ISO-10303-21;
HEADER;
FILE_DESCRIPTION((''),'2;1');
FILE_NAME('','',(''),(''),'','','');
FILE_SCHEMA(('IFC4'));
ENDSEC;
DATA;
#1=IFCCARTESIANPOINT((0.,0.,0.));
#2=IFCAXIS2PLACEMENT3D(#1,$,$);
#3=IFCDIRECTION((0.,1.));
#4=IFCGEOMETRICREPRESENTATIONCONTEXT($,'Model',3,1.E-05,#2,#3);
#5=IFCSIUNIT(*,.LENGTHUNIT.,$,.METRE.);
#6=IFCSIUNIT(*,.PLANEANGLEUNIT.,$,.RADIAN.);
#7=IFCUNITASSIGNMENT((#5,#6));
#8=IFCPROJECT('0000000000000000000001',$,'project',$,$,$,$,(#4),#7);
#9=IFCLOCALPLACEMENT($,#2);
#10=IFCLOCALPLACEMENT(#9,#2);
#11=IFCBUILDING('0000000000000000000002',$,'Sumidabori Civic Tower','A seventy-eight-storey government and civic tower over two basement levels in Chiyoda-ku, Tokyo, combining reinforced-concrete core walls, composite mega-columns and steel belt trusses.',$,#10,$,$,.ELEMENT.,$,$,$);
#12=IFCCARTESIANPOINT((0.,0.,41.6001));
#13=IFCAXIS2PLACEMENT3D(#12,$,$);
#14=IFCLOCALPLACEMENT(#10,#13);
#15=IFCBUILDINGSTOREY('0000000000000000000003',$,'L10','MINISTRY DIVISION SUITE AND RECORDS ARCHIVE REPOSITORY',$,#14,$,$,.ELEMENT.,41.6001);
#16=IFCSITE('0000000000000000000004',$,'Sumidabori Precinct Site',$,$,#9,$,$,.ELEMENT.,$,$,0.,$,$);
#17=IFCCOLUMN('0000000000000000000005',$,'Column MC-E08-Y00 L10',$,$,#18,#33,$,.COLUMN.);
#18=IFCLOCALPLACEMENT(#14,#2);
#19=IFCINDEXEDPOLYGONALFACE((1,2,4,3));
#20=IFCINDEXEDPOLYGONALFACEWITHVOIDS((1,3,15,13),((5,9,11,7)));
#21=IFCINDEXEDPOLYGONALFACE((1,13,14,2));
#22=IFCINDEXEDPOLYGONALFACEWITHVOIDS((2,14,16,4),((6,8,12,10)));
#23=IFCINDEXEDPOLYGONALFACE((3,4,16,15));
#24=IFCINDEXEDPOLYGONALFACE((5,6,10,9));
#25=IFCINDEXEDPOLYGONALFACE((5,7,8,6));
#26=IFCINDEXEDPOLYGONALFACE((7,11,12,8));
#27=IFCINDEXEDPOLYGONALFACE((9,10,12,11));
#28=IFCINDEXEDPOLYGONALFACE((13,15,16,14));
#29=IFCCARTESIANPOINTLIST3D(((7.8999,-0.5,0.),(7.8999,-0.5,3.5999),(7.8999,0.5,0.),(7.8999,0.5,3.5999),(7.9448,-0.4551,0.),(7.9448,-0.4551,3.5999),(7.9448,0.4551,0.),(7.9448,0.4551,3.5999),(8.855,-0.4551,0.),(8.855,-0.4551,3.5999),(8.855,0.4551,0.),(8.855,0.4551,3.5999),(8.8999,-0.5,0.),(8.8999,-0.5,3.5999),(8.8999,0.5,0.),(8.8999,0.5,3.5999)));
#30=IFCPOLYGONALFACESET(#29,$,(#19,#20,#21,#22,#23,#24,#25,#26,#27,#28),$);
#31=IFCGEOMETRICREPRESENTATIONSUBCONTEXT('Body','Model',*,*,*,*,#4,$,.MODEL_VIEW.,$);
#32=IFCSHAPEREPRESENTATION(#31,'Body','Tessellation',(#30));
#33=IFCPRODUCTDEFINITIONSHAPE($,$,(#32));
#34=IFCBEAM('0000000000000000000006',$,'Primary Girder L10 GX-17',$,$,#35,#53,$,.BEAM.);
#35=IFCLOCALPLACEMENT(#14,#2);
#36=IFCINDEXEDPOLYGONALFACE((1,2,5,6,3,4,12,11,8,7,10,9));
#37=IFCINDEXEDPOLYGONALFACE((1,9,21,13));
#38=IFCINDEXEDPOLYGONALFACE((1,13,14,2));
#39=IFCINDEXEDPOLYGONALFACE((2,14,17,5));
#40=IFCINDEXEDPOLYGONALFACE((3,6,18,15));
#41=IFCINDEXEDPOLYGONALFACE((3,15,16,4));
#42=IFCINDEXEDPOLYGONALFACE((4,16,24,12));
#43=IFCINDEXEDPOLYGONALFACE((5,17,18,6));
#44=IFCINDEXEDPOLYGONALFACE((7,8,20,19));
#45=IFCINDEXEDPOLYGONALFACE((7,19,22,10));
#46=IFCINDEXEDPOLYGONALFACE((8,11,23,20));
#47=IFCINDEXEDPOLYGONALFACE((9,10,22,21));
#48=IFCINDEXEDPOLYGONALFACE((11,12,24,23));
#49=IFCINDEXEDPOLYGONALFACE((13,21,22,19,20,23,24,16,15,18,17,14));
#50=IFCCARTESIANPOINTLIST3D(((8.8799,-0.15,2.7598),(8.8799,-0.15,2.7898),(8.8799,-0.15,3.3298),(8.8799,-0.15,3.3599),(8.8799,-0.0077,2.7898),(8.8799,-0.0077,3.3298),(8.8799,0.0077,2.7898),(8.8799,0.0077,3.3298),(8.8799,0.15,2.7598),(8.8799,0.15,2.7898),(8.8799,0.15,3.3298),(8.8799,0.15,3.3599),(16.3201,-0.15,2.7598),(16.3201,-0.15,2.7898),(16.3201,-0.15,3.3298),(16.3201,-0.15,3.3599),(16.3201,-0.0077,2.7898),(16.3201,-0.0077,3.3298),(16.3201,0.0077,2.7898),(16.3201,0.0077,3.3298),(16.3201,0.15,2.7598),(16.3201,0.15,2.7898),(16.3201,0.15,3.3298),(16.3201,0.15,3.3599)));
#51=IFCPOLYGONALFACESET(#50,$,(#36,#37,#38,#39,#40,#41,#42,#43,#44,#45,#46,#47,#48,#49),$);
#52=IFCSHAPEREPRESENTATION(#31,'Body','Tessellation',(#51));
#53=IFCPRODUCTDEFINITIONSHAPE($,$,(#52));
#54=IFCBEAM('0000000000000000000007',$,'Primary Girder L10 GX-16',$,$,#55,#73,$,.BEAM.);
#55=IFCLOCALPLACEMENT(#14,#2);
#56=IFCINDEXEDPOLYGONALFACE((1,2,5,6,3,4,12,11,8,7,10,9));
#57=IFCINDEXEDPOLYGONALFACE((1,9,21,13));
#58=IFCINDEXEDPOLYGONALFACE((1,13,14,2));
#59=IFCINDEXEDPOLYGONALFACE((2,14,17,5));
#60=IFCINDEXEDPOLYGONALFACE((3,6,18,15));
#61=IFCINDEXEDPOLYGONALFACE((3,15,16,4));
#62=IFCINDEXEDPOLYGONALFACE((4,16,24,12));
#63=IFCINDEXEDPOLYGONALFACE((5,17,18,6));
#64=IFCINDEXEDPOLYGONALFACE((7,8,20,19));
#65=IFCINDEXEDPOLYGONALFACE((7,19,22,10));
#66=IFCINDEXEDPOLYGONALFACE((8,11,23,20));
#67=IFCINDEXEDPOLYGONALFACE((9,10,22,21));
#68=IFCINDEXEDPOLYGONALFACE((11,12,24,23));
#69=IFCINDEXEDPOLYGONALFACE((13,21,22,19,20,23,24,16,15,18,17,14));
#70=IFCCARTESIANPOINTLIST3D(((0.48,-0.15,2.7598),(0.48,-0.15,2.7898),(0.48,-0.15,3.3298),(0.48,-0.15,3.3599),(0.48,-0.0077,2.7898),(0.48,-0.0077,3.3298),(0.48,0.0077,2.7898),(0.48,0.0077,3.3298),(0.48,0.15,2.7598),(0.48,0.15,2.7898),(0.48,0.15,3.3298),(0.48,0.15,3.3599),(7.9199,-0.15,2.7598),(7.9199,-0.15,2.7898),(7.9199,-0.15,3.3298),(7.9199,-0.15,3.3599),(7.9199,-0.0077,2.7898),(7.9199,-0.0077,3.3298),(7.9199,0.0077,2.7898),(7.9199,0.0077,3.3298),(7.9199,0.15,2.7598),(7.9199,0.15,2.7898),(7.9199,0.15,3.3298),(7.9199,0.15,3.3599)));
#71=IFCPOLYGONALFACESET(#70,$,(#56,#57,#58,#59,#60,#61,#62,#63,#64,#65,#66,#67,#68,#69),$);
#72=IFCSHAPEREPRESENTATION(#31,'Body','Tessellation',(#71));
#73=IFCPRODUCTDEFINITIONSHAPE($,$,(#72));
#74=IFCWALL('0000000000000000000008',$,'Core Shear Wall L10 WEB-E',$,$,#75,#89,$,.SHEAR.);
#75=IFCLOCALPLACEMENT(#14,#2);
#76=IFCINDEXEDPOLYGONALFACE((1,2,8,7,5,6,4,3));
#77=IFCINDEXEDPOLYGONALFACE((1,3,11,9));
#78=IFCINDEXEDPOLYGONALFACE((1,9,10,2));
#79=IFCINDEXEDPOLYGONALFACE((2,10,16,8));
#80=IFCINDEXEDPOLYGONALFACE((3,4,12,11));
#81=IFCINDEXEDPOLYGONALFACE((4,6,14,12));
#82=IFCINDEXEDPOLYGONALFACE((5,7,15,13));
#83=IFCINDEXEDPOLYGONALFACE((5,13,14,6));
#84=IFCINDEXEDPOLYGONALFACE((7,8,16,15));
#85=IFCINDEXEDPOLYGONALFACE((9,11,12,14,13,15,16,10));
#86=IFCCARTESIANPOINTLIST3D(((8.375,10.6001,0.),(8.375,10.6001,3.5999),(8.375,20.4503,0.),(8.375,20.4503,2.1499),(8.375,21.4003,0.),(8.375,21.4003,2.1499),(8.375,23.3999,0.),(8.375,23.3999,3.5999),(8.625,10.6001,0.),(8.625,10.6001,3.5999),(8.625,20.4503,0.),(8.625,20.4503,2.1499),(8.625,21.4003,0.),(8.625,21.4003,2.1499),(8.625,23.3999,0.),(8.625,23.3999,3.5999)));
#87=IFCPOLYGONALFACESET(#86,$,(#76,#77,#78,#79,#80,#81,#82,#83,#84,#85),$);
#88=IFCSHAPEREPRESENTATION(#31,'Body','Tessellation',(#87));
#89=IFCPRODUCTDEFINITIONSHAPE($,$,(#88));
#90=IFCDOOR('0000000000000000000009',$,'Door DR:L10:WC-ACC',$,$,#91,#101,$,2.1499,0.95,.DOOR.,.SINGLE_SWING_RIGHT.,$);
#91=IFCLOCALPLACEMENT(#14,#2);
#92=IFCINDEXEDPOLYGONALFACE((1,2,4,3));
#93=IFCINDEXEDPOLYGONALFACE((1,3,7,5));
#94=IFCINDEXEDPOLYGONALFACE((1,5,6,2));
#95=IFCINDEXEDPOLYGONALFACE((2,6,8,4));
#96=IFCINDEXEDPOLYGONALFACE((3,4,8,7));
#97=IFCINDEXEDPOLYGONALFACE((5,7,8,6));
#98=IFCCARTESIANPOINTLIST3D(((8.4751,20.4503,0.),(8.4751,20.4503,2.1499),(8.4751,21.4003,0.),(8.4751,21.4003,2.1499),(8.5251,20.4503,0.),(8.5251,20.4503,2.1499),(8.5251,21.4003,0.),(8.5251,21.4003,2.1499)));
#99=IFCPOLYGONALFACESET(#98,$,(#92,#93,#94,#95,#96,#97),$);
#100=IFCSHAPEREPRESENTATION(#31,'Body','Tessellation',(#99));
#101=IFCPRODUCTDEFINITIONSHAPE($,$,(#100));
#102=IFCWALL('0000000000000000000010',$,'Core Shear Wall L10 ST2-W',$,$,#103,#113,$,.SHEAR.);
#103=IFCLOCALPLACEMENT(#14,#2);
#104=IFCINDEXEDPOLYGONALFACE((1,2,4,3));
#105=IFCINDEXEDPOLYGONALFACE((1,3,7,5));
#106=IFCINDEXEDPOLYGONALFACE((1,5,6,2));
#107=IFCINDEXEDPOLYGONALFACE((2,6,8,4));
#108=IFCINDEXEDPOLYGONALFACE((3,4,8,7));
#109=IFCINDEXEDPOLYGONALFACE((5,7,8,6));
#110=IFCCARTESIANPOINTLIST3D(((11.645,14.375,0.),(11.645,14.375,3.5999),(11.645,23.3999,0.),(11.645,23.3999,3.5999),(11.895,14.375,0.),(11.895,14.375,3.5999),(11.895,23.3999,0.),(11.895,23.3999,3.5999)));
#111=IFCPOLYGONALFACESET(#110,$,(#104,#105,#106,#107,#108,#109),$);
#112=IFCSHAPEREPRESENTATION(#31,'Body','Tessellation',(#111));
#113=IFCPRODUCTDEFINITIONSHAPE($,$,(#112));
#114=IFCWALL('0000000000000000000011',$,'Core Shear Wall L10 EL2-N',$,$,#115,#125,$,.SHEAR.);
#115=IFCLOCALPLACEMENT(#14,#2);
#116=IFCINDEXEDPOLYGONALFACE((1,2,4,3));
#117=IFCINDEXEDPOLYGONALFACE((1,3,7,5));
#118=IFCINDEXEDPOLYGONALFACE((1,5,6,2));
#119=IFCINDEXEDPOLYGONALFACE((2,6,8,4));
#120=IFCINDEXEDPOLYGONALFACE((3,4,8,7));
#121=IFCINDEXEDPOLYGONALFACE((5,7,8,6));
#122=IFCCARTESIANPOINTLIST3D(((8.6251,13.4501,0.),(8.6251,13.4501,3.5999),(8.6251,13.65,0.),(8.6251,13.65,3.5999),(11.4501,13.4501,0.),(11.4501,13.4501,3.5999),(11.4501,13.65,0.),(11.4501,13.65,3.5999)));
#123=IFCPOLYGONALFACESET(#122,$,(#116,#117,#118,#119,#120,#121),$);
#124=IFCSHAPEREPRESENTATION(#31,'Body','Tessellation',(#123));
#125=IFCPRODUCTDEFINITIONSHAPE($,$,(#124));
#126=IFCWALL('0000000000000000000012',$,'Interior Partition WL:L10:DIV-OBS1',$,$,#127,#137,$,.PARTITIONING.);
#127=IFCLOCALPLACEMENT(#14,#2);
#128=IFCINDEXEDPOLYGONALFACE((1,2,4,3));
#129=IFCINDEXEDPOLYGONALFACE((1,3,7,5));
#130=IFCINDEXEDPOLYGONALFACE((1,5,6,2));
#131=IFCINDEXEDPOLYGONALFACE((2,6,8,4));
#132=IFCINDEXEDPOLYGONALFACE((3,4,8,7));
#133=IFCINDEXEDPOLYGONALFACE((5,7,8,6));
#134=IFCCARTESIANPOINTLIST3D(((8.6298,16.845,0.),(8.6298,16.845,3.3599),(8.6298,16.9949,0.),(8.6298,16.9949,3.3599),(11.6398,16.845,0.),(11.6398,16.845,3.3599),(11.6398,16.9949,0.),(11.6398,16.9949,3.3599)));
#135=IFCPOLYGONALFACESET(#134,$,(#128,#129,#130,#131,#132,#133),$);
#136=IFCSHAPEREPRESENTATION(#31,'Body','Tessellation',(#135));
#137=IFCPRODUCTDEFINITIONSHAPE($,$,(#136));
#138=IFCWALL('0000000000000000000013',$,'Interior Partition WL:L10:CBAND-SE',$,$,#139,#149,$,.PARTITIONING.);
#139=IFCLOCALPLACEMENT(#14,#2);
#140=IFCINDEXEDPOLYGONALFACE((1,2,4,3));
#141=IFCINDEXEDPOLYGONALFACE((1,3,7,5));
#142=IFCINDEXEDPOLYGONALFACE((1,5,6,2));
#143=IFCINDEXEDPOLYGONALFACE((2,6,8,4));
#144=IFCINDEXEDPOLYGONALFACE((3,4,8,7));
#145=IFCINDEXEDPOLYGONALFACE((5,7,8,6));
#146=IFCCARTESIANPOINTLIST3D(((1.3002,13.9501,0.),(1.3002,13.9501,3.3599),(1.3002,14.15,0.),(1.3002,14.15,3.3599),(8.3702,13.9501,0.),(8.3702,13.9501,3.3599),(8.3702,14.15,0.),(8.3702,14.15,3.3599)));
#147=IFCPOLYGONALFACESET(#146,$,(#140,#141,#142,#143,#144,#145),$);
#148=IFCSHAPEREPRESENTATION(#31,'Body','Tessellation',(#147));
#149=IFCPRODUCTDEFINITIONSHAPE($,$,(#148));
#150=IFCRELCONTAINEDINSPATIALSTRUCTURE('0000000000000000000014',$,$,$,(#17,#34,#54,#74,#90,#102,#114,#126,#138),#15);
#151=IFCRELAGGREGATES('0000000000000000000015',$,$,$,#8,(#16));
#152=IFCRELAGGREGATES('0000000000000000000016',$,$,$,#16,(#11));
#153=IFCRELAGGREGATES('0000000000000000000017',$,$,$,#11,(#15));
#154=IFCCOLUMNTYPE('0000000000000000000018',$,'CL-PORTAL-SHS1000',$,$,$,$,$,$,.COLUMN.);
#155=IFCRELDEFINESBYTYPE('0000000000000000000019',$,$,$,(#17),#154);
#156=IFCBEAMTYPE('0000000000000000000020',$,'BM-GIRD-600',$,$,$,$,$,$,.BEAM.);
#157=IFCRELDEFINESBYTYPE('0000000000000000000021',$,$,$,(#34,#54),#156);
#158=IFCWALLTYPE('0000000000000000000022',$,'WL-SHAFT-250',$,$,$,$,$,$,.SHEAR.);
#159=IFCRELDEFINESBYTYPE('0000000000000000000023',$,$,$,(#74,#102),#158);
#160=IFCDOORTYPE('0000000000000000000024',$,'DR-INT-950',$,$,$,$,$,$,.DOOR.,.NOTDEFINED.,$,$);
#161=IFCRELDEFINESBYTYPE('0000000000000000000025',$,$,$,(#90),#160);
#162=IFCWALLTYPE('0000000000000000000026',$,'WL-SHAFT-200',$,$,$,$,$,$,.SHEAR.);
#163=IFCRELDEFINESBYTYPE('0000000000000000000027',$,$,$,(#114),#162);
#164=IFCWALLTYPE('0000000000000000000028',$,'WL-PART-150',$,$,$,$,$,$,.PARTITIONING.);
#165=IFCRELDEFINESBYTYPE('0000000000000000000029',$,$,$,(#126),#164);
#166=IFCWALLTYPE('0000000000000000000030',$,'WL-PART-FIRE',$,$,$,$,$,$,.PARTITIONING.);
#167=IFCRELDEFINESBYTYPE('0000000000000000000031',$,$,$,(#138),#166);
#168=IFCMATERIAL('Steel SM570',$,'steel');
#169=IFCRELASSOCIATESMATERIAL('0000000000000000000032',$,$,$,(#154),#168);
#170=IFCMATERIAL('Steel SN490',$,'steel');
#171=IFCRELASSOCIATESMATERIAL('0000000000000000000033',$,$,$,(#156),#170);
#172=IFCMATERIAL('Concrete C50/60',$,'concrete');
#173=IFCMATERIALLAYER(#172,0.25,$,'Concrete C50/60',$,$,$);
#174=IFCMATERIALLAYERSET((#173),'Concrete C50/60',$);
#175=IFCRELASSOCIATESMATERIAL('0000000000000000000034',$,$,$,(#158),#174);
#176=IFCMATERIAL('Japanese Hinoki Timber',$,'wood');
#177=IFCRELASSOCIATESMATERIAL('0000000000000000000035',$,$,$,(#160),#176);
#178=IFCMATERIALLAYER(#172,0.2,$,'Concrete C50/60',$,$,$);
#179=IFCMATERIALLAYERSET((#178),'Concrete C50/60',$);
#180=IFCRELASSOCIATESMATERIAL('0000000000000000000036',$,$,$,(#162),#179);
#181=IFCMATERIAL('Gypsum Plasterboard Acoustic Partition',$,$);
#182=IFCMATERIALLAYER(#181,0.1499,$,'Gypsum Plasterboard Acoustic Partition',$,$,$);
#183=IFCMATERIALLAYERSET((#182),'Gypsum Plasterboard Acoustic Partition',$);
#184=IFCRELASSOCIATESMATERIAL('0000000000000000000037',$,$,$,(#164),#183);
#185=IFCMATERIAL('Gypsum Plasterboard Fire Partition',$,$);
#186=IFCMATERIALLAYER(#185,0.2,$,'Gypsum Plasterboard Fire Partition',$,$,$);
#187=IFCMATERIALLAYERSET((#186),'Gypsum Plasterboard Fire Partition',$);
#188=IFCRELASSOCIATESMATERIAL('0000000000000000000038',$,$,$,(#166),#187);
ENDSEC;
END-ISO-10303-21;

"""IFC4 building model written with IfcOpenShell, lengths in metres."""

from ifc_helpers import new_model, si_unit, direction, frame, frame_2d, origin, origin_2d, place, context, subcontext, project, spatial, rectangle, hollow_rectangle, i_section, extrude, source, transform, mapped, material, layer, layer_set, material_profile, profile_set, type_object, element, fill, save


model = new_model("IFC4")

# Units and contexts
model_context = context("Model", 3, precision=1e-05, world=origin(), true_north=direction((0.0, 1.0)))
body_context = subcontext(model_context, "Body", "Model", "MODEL_VIEW")
ifc_project = project(units=[si_unit("LENGTHUNIT", "METRE"), si_unit("PLANEANGLEUNIT", "RADIAN")], contexts=[model_context])

# Site, building, storey
site_placement = place(None, origin())
site = spatial("IfcSite", under=ifc_project, at=site_placement, Name="Sumidabori Precinct Site", CompositionType="ELEMENT", RefElevation=0.0)
building_placement = place(site_placement, origin())
building = spatial("IfcBuilding", under=site, at=building_placement, Name="Sumidabori Civic Tower", Description="A seventy-eight-storey government and civic tower over two basement levels in Chiyoda-ku, Tokyo, combining reinforced-concrete core walls, composite mega-columns and steel belt trusses.", CompositionType="ELEMENT")
storey_placement = place(building_placement, frame((0.0, 0.0, 41.6001)))
storey = spatial("IfcBuildingStorey", under=building, at=storey_placement, Name="L10", Description="MINISTRY DIVISION SUITE AND RECORDS ARCHIVE REPOSITORY", CompositionType="ELEMENT", Elevation=41.6001)

# Column
ifc_material_1 = material(Name="Steel SM570", Category="steel")
ifc_material_profile_1 = material_profile(ifc_material_1, hollow_rectangle(XDim=1.0, YDim=1.0, WallThickness=0.0449, at=origin_2d()), Name="SHS 1000x1000x45")
ifc_profile_set_1 = profile_set([ifc_material_profile_1], Name="Steel SM570")
column_type = type_object("IfcColumnType", Name="CL-PORTAL-SHS1000", PredefinedType="COLUMN", material=ifc_profile_set_1)
shared_shape_1 = source(origin(), body_context, "Body", "SweptSolid", [
    extrude(hollow_rectangle(XDim=1.0, YDim=1.0, WallThickness=0.0449, at=origin_2d()), origin(), (0.0, 0.0, 1.0), 3.5999),
])
column_placement = place(storey_placement, frame((8.3999, 0.0, 0.0), z_axis=(0.0, 0.0, 1.0), x_axis=(1.0, 0.0, 0.0)))
element("IfcColumn", 1, at=column_placement, inside=storey, type_object=column_type, Name="Column MC-E08-Y00 L10", PredefinedType="COLUMN", context=body_context, shape_type="MappedRepresentation", body=[
    mapped(shared_shape_1, transform((0.0, 0.0, 0.0), x_axis=(1.0, 0.0, 0.0), y_axis=(0.0, 1.0, 0.0), z_axis=(0.0, 0.0, 1.0), scale=1.0)),
])

# Beams
ifc_material_2 = material(Name="Steel SN490", Category="steel")
ifc_material_profile_2 = material_profile(ifc_material_2, i_section(OverallWidth=0.3, OverallDepth=0.6001, WebThickness=0.0154, FlangeThickness=0.03, at=origin_2d()), Name="HE 600 B")
ifc_profile_set_2 = profile_set([ifc_material_profile_2], Name="Steel SN490")
beam_type = type_object("IfcBeamType", Name="BM-GIRD-600", PredefinedType="BEAM", material=ifc_profile_set_2)
shared_shape_2 = source(origin(), body_context, "Body", "SweptSolid", [
    extrude(i_section(OverallWidth=0.3, OverallDepth=0.6001, WebThickness=0.0154, FlangeThickness=0.03, at=origin_2d()), origin(), (0.0, 0.0, 1.0), 7.4402),
])
beam_1_placement = place(storey_placement, frame((8.8799, 0.0, 3.0598), z_axis=(1.0, 0.0, 0.0), x_axis=(0.0, 1.0, 0.0)))
element("IfcBeam", 2, at=beam_1_placement, inside=storey, type_object=beam_type, Name="Primary Girder L10 GX-17", PredefinedType="BEAM", context=body_context, shape_type="MappedRepresentation", body=[
    mapped(shared_shape_2, transform((0.0, 0.0, 0.0), x_axis=(1.0, 0.0, 0.0), y_axis=(0.0, 1.0, 0.0), z_axis=(0.0, 0.0, 1.0), scale=1.0)),
])
shared_shape_3 = source(origin(), body_context, "Body", "SweptSolid", [
    extrude(i_section(OverallWidth=0.3, OverallDepth=0.6001, WebThickness=0.0154, FlangeThickness=0.03, at=origin_2d()), origin(), (0.0, 0.0, 1.0), 7.4399),
])
beam_2_placement = place(storey_placement, frame((0.48, 0.0, 3.0598), z_axis=(1.0, 0.0, 0.0), x_axis=(0.0, 1.0, 0.0)))
element("IfcBeam", 3, at=beam_2_placement, inside=storey, type_object=beam_type, Name="Primary Girder L10 GX-16", PredefinedType="BEAM", context=body_context, shape_type="MappedRepresentation", body=[
    mapped(shared_shape_3, transform((0.0, 0.0, 0.0), x_axis=(1.0, 0.0, 0.0), y_axis=(0.0, 1.0, 0.0), z_axis=(0.0, 0.0, 1.0), scale=1.0)),
])

# Wall, opening, door
ifc_material_3 = material(Name="Concrete C50/60", Category="concrete")
ifc_layer_1 = layer(ifc_material_3, 0.25, Name="Concrete C50/60")
ifc_layer_set_1 = layer_set([ifc_layer_1], Name="Concrete C50/60")
wall_type_1 = type_object("IfcWallType", Name="WL-SHAFT-250", PredefinedType="SHEAR", material=ifc_layer_set_1)
shared_shape_4 = source(origin(), body_context, "Body", "SweptSolid", [
    extrude(rectangle(XDim=12.7998, YDim=0.25, at=frame_2d((6.3999, 0.0))), origin(), (0.0, 0.0, 1.0), 3.5999),
])
wall_1_placement = place(storey_placement, frame((8.5, 10.6001, 0.0), z_axis=(0.0, 0.0, 1.0), x_axis=(0.0, 1.0, 0.0)))
wall_1 = element("IfcWall", 4, at=wall_1_placement, inside=storey, type_object=wall_type_1, Name="Core Shear Wall L10 WEB-E", PredefinedType="SHEAR", context=body_context, shape_type="MappedRepresentation", body=[
    mapped(shared_shape_4, transform((0.0, 0.0, 0.0), x_axis=(1.0, 0.0, 0.0), y_axis=(0.0, 1.0, 0.0), z_axis=(0.0, 0.0, 1.0), scale=1.0)),
])
opening_1_placement = place(wall_1_placement, frame((9.8501, 0.0, 0.0)))
opening_1 = element("IfcOpeningElement", 5, at=opening_1_placement, cuts=wall_1, PredefinedType="OPENING", context=body_context, shape_type="SweptSolid", body=[
    extrude(rectangle(XDim=0.95, YDim=2.1499, at=frame_2d((0.4751, 1.075))), frame((0.0, 0.137, 0.0), z_axis=(0.0, -1.0, 0.0), x_axis=(1.0, 0.0, 0.0)), (0.0, 0.0, 1.0), 0.2739),
])
ifc_material_4 = material(Name="Japanese Hinoki Timber", Category="wood")
door_type_1 = type_object("IfcDoorType", Name="DR-INT-950", OperationType="NOTDEFINED", PredefinedType="DOOR", material=ifc_material_4)
shared_shape_5 = source(origin(), body_context, "Body", "SweptSolid", [
    extrude(rectangle(XDim=0.95, YDim=2.1499, at=frame_2d((0.4751, 1.075))), frame((0.0, 0.0249, 0.0), z_axis=(0.0, -1.0, 0.0), x_axis=(1.0, 0.0, 0.0)), (0.0, 0.0, 1.0), 0.05),
])
door_1_placement = place(opening_1_placement, origin())
door_1 = element("IfcDoor", 6, at=door_1_placement, inside=storey, type_object=door_type_1, Name="Door DR:L10:WC-ACC", OperationType="SINGLE_SWING_RIGHT", OverallHeight=2.1499, OverallWidth=0.95, PredefinedType="DOOR", context=body_context, shape_type="MappedRepresentation", body=[
    mapped(shared_shape_5, transform((0.0, 0.0, 0.0), x_axis=(1.0, 0.0, 0.0), y_axis=(0.0, 1.0, 0.0), z_axis=(0.0, 0.0, 1.0), scale=1.0)),
])
fill(opening_1, door_1)

# Wall
shared_shape_6 = source(origin(), body_context, "Body", "SweptSolid", [
    extrude(rectangle(XDim=9.0249, YDim=0.25, at=frame_2d((4.5125, 0.0))), origin(), (0.0, 0.0, 1.0), 3.5999),
])
wall_2_placement = place(storey_placement, frame((11.77, 14.375, 0.0), z_axis=(0.0, 0.0, 1.0), x_axis=(0.0, 1.0, 0.0)))
element("IfcWall", 7, at=wall_2_placement, inside=storey, type_object=wall_type_1, Name="Core Shear Wall L10 ST2-W", PredefinedType="SHEAR", context=body_context, shape_type="MappedRepresentation", body=[
    mapped(shared_shape_6, transform((0.0, 0.0, 0.0), x_axis=(1.0, 0.0, 0.0), y_axis=(0.0, 1.0, 0.0), z_axis=(0.0, 0.0, 1.0), scale=1.0)),
])

# Shared definitions
ifc_layer_2 = layer(ifc_material_3, 0.2, Name="Concrete C50/60")
ifc_layer_set_2 = layer_set([ifc_layer_2], Name="Concrete C50/60")
wall_type_2 = type_object("IfcWallType", Name="WL-SHAFT-200", PredefinedType="SHEAR", material=ifc_layer_set_2)

# Walls
shared_shape_7 = source(origin(), body_context, "Body", "SweptSolid", [
    extrude(rectangle(XDim=2.825, YDim=0.2, at=frame_2d((1.4126, 0.0))), origin(), (0.0, 0.0, 1.0), 3.5999),
])
wall_3_placement = place(storey_placement, frame((8.625, 13.55, 0.0), z_axis=(0.0, 0.0, 1.0), x_axis=(1.0, 0.0, 0.0)))
element("IfcWall", 8, at=wall_3_placement, inside=storey, type_object=wall_type_2, Name="Core Shear Wall L10 EL2-N", PredefinedType="SHEAR", context=body_context, shape_type="MappedRepresentation", body=[
    mapped(shared_shape_7, transform((0.0, 0.0, 0.0), x_axis=(1.0, 0.0, 0.0), y_axis=(0.0, 1.0, 0.0), z_axis=(0.0, 0.0, 1.0), scale=1.0)),
])
ifc_material_5 = material(Name="Gypsum Plasterboard Acoustic Partition")
ifc_layer_3 = layer(ifc_material_5, 0.1499, Name="Gypsum Plasterboard Acoustic Partition")
ifc_layer_set_3 = layer_set([ifc_layer_3], Name="Gypsum Plasterboard Acoustic Partition")
wall_type_3 = type_object("IfcWallType", Name="WL-PART-150", PredefinedType="PARTITIONING", material=ifc_layer_set_3)
shared_shape_8 = source(origin(), body_context, "Body", "SweptSolid", [
    extrude(rectangle(XDim=3.01, YDim=0.1499, at=frame_2d((1.5049, 0.0))), origin(), (0.0, 0.0, 1.0), 3.3599),
])
wall_4_placement = place(storey_placement, frame((8.6299, 16.9199, 0.0), z_axis=(0.0, 0.0, 1.0), x_axis=(1.0, 0.0, 0.0)))
element("IfcWall", 9, at=wall_4_placement, inside=storey, type_object=wall_type_3, Name="Interior Partition WL:L10:DIV-OBS1", PredefinedType="PARTITIONING", context=body_context, shape_type="MappedRepresentation", body=[
    mapped(shared_shape_8, transform((0.0, 0.0, 0.0), x_axis=(1.0, 0.0, 0.0), y_axis=(0.0, 1.0, 0.0), z_axis=(0.0, 0.0, 1.0), scale=1.0)),
])
ifc_material_6 = material(Name="Gypsum Plasterboard Fire Partition")
ifc_layer_4 = layer(ifc_material_6, 0.2, Name="Gypsum Plasterboard Fire Partition")
ifc_layer_set_4 = layer_set([ifc_layer_4], Name="Gypsum Plasterboard Fire Partition")
wall_type_4 = type_object("IfcWallType", Name="WL-PART-FIRE", PredefinedType="PARTITIONING", material=ifc_layer_set_4)
shared_shape_9 = source(origin(), body_context, "Body", "SweptSolid", [
    extrude(rectangle(XDim=7.0701, YDim=0.2, at=frame_2d((3.5352, 0.0))), origin(), (0.0, 0.0, 1.0), 3.3599),
])
wall_5_placement = place(storey_placement, frame((1.3, 14.05, 0.0), z_axis=(0.0, 0.0, 1.0), x_axis=(1.0, 0.0, 0.0)))
element("IfcWall", 10, at=wall_5_placement, inside=storey, type_object=wall_type_4, Name="Interior Partition WL:L10:CBAND-SE", PredefinedType="PARTITIONING", context=body_context, shape_type="MappedRepresentation", body=[
    mapped(shared_shape_9, transform((0.0, 0.0, 0.0), x_axis=(1.0, 0.0, 0.0), y_axis=(0.0, 1.0, 0.0), z_axis=(0.0, 0.0, 1.0), scale=1.0)),
])

save(model, "model.ifc")
